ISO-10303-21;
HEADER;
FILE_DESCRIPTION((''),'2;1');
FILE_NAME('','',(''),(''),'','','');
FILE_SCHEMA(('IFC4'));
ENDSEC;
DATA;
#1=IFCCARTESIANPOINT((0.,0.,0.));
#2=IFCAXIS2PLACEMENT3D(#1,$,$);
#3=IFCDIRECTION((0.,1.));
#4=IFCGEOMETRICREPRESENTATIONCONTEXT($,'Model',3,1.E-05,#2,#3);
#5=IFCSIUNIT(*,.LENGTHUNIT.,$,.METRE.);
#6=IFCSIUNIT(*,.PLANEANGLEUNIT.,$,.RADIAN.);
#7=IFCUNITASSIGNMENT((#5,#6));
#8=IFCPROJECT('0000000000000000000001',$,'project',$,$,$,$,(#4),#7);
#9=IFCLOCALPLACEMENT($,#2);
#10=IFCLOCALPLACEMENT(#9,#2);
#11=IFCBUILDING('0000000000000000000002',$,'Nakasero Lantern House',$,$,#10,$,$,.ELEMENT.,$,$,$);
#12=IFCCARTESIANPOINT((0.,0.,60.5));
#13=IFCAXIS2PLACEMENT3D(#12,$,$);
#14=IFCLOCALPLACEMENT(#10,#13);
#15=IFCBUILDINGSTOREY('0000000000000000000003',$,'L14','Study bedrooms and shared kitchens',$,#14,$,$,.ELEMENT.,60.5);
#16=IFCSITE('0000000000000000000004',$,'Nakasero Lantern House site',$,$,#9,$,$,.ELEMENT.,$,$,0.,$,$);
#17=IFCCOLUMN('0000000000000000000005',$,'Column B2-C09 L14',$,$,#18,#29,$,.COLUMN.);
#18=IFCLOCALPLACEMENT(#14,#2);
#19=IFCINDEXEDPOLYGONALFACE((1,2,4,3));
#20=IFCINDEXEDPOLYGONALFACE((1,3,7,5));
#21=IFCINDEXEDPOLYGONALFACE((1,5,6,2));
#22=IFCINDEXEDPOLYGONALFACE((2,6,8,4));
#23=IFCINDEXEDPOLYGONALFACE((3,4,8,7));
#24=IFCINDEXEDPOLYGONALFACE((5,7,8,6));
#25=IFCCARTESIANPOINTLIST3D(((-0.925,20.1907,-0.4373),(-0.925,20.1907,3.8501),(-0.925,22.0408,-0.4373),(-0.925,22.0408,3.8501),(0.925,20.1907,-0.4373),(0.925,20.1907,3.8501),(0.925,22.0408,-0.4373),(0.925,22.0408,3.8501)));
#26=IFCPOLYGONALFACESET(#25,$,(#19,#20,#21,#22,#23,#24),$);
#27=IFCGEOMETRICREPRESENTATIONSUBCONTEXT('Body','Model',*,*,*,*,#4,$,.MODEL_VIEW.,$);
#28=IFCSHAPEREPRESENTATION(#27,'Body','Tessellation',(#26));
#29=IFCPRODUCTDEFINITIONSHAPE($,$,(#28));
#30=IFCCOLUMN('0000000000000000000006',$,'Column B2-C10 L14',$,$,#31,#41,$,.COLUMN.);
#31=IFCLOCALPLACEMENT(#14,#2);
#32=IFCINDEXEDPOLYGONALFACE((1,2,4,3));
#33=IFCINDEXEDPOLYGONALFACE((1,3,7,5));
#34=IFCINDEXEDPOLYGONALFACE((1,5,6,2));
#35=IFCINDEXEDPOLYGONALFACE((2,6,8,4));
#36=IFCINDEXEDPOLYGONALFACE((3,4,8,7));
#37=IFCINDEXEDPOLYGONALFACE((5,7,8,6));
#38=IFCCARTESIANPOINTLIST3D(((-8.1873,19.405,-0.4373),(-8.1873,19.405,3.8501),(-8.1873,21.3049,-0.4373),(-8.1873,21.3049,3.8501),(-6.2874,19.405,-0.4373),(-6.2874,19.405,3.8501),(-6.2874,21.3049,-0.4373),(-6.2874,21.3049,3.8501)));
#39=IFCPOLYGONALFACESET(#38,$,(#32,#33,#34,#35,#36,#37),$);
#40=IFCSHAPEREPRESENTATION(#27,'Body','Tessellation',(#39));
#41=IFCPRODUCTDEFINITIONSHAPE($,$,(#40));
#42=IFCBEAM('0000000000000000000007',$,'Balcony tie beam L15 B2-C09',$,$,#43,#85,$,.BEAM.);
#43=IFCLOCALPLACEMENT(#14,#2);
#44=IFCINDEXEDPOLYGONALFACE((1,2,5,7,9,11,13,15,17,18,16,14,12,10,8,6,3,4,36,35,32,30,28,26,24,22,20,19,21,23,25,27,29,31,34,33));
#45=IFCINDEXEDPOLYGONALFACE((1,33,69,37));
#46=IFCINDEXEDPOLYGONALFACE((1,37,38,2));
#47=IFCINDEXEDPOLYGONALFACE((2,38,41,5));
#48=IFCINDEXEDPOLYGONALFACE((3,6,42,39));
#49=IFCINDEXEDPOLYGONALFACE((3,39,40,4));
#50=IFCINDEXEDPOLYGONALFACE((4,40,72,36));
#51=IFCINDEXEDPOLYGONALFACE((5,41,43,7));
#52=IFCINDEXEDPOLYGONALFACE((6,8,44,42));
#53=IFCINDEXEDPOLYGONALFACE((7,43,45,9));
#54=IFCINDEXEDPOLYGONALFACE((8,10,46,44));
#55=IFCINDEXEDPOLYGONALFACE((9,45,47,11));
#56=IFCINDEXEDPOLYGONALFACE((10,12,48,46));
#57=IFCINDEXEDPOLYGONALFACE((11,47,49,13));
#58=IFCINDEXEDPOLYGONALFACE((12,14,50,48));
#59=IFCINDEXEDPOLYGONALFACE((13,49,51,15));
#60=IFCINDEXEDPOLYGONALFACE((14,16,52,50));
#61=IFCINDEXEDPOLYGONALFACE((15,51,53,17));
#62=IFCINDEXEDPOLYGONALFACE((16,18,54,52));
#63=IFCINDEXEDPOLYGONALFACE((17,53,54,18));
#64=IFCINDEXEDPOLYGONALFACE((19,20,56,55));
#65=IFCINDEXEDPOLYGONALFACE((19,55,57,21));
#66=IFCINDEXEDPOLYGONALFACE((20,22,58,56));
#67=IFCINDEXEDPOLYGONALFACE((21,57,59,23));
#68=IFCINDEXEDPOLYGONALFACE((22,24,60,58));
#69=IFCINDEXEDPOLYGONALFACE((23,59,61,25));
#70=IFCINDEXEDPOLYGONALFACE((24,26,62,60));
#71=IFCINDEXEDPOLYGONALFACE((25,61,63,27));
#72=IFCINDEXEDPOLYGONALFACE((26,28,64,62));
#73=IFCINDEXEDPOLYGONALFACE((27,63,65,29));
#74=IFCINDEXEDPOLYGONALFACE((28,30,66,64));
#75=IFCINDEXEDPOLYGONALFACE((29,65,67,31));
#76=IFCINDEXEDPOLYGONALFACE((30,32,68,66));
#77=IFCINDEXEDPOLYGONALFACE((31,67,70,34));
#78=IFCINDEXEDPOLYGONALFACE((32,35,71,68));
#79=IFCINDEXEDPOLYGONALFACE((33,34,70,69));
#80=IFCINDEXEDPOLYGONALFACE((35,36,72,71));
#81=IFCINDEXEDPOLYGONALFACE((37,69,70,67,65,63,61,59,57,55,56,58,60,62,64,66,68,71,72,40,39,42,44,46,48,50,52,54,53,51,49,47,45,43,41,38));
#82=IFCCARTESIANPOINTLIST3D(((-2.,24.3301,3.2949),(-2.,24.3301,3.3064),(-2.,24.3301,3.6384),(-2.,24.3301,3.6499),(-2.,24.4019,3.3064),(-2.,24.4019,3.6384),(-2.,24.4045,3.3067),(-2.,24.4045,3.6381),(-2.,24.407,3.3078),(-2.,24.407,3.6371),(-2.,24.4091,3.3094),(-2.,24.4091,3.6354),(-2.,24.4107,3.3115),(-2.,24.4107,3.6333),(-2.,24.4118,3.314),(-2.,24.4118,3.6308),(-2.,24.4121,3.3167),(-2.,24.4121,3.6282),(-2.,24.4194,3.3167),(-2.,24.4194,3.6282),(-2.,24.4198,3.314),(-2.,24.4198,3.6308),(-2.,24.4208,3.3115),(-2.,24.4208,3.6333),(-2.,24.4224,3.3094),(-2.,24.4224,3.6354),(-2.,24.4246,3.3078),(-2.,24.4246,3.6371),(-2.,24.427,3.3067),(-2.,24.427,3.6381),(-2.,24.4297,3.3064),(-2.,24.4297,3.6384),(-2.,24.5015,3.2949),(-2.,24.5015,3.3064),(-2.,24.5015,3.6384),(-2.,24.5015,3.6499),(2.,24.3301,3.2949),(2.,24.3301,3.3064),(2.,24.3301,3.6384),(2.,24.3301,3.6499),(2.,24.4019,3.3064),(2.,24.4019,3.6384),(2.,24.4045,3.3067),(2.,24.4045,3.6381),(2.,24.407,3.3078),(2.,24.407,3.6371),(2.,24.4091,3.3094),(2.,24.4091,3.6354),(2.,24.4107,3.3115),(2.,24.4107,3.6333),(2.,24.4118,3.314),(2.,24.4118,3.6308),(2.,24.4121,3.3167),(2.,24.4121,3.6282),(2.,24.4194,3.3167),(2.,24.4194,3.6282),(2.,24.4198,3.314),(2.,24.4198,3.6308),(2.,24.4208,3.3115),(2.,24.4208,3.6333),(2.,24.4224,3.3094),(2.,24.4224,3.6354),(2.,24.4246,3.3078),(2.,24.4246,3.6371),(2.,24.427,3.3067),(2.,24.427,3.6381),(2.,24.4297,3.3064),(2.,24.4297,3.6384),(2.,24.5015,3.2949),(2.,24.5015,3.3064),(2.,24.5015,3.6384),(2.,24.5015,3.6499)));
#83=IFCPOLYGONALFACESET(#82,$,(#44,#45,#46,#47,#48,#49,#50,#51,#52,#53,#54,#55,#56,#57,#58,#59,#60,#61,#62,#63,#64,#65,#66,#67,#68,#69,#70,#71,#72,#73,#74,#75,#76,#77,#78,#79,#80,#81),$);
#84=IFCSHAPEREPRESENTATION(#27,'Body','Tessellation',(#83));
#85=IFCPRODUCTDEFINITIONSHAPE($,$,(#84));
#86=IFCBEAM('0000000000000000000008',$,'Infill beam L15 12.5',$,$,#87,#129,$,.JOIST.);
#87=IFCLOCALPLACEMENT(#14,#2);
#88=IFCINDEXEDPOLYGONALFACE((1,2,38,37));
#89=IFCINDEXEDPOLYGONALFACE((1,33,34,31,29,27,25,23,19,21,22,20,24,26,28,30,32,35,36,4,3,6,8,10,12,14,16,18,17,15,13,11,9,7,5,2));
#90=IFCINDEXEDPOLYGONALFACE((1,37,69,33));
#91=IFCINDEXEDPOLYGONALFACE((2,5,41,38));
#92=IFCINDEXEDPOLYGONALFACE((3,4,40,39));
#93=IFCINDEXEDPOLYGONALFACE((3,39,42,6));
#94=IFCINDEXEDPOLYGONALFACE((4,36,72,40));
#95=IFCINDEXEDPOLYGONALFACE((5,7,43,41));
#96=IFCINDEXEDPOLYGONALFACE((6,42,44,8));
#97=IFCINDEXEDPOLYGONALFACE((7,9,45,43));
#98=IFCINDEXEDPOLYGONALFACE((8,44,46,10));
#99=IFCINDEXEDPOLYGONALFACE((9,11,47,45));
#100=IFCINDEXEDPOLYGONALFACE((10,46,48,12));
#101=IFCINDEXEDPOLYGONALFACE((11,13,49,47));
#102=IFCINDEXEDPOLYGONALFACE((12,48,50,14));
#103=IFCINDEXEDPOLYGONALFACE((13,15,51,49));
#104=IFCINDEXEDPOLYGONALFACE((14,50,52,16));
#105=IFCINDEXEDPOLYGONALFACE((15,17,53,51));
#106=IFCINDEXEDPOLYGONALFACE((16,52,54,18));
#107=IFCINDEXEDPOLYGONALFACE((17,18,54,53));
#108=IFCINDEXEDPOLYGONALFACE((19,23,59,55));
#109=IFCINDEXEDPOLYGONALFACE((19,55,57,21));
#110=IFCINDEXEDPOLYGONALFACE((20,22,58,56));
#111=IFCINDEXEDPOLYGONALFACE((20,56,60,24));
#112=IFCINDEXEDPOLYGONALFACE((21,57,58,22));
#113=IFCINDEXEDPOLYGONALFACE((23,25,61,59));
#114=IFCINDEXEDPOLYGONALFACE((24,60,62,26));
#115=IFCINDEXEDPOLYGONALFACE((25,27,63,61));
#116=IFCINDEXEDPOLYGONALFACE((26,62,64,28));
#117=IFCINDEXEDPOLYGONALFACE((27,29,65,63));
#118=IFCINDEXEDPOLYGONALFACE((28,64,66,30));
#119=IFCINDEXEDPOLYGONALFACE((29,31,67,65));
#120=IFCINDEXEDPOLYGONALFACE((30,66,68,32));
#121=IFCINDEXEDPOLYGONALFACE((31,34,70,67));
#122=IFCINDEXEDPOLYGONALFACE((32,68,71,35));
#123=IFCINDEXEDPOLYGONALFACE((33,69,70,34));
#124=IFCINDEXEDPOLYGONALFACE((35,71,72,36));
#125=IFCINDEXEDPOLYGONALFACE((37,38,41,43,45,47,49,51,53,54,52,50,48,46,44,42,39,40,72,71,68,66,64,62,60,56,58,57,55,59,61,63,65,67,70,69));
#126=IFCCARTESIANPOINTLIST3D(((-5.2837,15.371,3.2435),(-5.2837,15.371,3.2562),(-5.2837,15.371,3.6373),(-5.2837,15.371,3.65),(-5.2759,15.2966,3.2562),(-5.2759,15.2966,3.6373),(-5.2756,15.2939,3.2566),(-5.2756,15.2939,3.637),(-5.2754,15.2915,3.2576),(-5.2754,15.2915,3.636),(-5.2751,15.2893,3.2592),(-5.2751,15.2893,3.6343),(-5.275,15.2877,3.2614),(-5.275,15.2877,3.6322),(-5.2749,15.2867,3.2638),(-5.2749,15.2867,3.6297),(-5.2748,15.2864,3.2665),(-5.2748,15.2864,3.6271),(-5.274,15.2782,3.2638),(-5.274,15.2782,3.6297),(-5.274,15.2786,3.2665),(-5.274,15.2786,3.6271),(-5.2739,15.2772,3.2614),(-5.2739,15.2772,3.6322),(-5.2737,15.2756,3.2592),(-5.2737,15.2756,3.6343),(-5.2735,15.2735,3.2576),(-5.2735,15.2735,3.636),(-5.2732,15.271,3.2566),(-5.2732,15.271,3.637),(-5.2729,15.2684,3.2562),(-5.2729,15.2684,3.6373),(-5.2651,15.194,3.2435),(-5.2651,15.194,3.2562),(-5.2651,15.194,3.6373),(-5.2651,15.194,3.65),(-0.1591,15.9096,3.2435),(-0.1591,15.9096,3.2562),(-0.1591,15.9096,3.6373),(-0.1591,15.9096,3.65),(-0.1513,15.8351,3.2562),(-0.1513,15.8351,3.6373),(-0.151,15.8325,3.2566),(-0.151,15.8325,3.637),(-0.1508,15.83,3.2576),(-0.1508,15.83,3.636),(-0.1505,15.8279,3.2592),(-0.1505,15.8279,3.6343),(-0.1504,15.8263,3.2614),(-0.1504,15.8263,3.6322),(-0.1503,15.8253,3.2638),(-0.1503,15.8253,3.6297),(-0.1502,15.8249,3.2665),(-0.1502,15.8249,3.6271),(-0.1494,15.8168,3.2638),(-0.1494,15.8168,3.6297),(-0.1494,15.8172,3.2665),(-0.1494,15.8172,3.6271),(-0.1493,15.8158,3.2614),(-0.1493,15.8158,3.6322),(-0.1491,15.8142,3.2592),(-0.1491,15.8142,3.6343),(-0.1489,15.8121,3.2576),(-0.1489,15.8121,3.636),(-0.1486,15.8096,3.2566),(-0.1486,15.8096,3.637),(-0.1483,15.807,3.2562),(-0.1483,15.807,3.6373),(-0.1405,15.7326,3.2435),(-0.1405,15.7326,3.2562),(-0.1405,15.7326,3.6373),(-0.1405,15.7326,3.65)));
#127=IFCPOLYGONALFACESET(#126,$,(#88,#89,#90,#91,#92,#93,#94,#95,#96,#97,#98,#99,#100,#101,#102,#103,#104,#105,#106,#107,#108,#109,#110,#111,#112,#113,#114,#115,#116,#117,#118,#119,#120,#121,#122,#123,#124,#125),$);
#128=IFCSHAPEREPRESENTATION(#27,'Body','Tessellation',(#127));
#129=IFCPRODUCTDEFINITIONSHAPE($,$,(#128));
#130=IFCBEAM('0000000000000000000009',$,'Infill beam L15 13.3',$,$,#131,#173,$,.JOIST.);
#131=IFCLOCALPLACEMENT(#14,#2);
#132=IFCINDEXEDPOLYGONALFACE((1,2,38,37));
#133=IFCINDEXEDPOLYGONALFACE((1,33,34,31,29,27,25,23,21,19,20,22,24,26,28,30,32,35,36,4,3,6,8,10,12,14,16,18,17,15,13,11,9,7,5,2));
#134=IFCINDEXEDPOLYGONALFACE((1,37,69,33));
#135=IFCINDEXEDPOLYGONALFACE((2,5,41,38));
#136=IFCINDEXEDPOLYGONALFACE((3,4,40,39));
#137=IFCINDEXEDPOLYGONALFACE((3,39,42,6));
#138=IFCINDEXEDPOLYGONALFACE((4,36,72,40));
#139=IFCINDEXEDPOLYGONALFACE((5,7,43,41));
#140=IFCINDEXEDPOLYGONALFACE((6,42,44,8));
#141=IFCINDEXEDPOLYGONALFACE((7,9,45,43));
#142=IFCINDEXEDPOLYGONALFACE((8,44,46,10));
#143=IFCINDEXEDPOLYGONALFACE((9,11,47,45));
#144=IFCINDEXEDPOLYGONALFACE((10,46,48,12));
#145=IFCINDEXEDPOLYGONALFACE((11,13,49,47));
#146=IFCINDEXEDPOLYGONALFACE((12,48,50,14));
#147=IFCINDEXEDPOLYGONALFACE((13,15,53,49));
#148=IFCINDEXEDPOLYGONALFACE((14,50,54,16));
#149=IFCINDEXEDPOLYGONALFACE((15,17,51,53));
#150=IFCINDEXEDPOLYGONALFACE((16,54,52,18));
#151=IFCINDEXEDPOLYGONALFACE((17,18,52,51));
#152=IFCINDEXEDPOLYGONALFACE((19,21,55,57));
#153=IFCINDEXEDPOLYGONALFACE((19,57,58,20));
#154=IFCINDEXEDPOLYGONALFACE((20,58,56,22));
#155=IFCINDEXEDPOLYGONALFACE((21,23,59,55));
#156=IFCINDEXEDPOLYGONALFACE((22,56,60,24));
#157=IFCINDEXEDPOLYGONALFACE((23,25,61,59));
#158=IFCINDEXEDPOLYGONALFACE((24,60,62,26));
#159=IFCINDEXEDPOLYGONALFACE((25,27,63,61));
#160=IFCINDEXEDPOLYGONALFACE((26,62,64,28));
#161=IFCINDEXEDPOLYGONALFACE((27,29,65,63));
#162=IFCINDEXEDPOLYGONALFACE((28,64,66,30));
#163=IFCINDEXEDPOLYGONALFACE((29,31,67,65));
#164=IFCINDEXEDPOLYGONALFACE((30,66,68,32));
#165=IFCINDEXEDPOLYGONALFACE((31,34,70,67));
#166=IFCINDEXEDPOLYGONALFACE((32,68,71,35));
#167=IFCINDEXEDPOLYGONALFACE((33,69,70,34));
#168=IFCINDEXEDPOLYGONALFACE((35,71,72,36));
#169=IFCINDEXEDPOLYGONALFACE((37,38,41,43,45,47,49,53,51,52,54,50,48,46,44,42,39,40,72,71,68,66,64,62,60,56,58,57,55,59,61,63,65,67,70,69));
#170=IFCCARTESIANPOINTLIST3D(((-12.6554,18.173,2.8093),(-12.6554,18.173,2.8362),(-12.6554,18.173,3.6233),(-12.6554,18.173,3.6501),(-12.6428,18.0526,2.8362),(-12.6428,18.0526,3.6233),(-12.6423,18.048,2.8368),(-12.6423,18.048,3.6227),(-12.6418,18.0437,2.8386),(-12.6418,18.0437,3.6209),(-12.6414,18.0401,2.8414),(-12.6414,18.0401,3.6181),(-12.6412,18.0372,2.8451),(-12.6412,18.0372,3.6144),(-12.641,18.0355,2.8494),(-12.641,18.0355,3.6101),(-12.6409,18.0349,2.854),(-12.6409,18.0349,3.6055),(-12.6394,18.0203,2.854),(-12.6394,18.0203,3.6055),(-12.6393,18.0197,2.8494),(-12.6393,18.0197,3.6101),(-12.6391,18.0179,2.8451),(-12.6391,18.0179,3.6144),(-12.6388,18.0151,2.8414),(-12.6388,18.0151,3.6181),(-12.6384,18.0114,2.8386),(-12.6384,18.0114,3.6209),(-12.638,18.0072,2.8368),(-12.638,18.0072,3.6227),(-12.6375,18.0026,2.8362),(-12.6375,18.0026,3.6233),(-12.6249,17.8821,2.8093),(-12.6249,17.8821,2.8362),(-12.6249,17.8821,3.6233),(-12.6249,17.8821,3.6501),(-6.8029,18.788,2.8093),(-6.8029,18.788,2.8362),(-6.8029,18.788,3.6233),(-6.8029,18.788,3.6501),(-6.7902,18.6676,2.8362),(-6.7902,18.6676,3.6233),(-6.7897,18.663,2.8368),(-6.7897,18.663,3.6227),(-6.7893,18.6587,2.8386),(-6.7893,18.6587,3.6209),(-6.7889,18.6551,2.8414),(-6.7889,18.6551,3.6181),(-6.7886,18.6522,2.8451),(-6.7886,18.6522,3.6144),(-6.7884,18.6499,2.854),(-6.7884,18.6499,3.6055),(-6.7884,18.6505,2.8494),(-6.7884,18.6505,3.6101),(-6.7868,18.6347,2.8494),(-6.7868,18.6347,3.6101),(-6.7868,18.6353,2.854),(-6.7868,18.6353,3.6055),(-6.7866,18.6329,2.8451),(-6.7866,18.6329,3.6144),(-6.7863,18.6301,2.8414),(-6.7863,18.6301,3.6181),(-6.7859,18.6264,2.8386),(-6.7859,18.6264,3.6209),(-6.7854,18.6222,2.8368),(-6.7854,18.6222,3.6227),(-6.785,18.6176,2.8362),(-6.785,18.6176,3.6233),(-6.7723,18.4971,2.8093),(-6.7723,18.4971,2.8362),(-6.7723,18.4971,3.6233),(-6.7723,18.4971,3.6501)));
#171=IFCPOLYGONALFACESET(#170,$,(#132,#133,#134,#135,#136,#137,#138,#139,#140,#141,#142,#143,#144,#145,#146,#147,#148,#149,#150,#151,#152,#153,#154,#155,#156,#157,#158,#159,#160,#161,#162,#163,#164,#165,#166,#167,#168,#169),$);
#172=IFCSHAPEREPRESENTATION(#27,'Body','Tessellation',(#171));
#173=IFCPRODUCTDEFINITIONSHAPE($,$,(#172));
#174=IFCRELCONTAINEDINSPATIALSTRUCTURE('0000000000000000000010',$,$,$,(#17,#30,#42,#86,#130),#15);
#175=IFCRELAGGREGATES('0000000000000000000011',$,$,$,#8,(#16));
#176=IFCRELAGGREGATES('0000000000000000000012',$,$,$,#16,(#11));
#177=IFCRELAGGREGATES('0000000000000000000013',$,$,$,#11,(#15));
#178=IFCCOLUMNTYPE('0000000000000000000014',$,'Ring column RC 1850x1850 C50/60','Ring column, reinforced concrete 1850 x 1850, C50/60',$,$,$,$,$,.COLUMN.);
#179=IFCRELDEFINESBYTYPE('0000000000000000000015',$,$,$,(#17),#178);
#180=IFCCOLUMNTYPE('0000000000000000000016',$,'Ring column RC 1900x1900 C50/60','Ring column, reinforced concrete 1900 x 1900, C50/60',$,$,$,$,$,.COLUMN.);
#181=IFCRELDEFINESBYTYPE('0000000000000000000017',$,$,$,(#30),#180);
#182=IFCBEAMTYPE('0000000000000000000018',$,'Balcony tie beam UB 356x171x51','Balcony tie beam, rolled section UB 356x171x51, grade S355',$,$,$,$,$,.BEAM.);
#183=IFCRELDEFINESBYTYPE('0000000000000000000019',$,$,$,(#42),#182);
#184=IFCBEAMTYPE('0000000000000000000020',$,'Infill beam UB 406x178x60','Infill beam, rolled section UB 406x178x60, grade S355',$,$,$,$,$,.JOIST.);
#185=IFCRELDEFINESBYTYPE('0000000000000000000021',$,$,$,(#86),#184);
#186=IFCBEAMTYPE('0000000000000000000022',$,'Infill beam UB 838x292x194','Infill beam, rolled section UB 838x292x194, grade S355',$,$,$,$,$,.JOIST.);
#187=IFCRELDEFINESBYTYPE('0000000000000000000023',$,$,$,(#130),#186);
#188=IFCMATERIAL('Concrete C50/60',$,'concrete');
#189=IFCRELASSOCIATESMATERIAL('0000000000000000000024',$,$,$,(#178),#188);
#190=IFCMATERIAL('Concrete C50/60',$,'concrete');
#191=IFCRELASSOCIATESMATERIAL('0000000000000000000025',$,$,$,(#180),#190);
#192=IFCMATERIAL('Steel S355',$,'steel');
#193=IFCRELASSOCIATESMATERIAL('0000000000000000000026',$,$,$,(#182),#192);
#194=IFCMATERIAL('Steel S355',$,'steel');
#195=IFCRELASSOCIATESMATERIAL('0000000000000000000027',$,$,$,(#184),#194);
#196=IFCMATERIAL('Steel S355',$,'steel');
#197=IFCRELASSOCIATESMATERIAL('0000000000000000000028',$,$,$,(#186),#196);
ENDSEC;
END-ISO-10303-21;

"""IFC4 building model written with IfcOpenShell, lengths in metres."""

from ifc_helpers import new_model, si_unit, direction, frame, origin, origin_2d, place, context, subcontext, project, spatial, rectangle, i_section, extrude, material, material_profile, profile_set, type_object, element, save


model = new_model("IFC4")

# Units and contexts
model_context = context("Model", 3, precision=1e-05, world=origin(), true_north=direction((0.0, 1.0)))
body_context = subcontext(model_context, "Body", "Model", "MODEL_VIEW")
ifc_project = project(units=[si_unit("LENGTHUNIT", "METRE"), si_unit("PLANEANGLEUNIT", "RADIAN")], contexts=[model_context])

# Site, building, storey
site_placement = place(None, origin())
site = spatial("IfcSite", under=ifc_project, at=site_placement, Name="Nakasero Lantern House site", CompositionType="ELEMENT", RefElevation=0.0)
building_placement = place(site_placement, origin())
building = spatial("IfcBuilding", under=site, at=building_placement, Name="Nakasero Lantern House", CompositionType="ELEMENT")
storey_placement = place(building_placement, frame((0.0, 0.0, 60.5)))
storey = spatial("IfcBuildingStorey", under=building, at=storey_placement, Name="L14", Description="Study bedrooms and shared kitchens", CompositionType="ELEMENT", Elevation=60.5)

# Columns
ifc_material_1 = material(Name="Concrete C50/60", Category="concrete")
ifc_material_profile_1 = material_profile(ifc_material_1, rectangle(XDim=1.8501, YDim=1.8501, at=origin_2d()), Name="RC 1850x1850")
ifc_profile_set_1 = profile_set([ifc_material_profile_1], Name="Concrete C50/60")
column_type_1 = type_object("IfcColumnType", Name="Ring column RC 1850x1850 C50/60", Description="Ring column, reinforced concrete 1850 x 1850, C50/60", PredefinedType="COLUMN", material=ifc_profile_set_1)
column_1_placement = place(storey_placement, frame((0.0, 21.1157, -0.4373), z_axis=(0.0, 0.0, 1.0), x_axis=(1.0, 0.0, 0.0)))
element("IfcColumn", 1, at=column_1_placement, inside=storey, type_object=column_type_1, Name="Column B2-C09 L14", PredefinedType="COLUMN", context=body_context, shape_type="SweptSolid", body=[
    extrude(rectangle(XDim=1.8501, YDim=1.8501, at=origin_2d()), origin(), (0.0, 0.0, 1.0), 4.2874),
])
ifc_material_2 = material(Name="Concrete C50/60", Category="concrete")
ifc_material_profile_2 = material_profile(ifc_material_2, rectangle(XDim=1.8999, YDim=1.8999, at=origin_2d()), Name="RC 1900x1900")
ifc_profile_set_2 = profile_set([ifc_material_profile_2], Name="Concrete C50/60")
column_type_2 = type_object("IfcColumnType", Name="Ring column RC 1900x1900 C50/60", Description="Ring column, reinforced concrete 1900 x 1900, C50/60", PredefinedType="COLUMN", material=ifc_profile_set_2)
column_2_placement = place(storey_placement, frame((-7.2373, 20.355, -0.4373), z_axis=(0.0, 0.0, 1.0), x_axis=(1.0, 0.0, 0.0)))
element("IfcColumn", 2, at=column_2_placement, inside=storey, type_object=column_type_2, Name="Column B2-C10 L14", PredefinedType="COLUMN", context=body_context, shape_type="SweptSolid", body=[
    extrude(rectangle(XDim=1.8999, YDim=1.8999, at=origin_2d()), origin(), (0.0, 0.0, 1.0), 4.2874),
])

# Beams
ifc_material_3 = material(Name="Steel S355", Category="steel")
ifc_material_profile_3 = material_profile(ifc_material_3, i_section(OverallWidth=0.1714, OverallDepth=0.355, WebThickness=0.0073, FlangeThickness=0.0115, FilletRadius=0.0103, at=origin_2d()), Name="UB 356x171x51")
ifc_profile_set_3 = profile_set([ifc_material_profile_3], Name="Steel S355")
beam_type_1 = type_object("IfcBeamType", Name="Balcony tie beam UB 356x171x51", Description="Balcony tie beam, rolled section UB 356x171x51, grade S355", PredefinedType="BEAM", material=ifc_profile_set_3)
beam_1_placement = place(storey_placement, frame((-2.0, 24.4158, 3.4724), z_axis=(1.0, 0.0, 0.0), x_axis=(0.0, 1.0, 0.0)))
element("IfcBeam", 3, at=beam_1_placement, inside=storey, type_object=beam_type_1, Name="Balcony tie beam L15 B2-C09", PredefinedType="BEAM", context=body_context, shape_type="SweptSolid", body=[
    extrude(i_section(OverallWidth=0.1714, OverallDepth=0.355, WebThickness=0.0073, FlangeThickness=0.0115, FilletRadius=0.0103, at=origin_2d()), origin(), (0.0, 0.0, 1.0), 4.0),
])
ifc_material_4 = material(Name="Steel S355", Category="steel")
ifc_material_profile_4 = material_profile(ifc_material_4, i_section(OverallWidth=0.178, OverallDepth=0.4065, WebThickness=0.0078, FlangeThickness=0.0127, FilletRadius=0.0103, at=origin_2d()), Name="UB 406x178x60")
ifc_profile_set_4 = profile_set([ifc_material_profile_4], Name="Steel S355")
beam_type_2 = type_object("IfcBeamType", Name="Infill beam UB 406x178x60", Description="Infill beam, rolled section UB 406x178x60, grade S355", PredefinedType="JOIST", material=ifc_profile_set_4)
beam_2_placement = place(storey_placement, frame((-5.2744, 15.2825, 3.4468), z_axis=(0.994523, 0.104522, 0.0), x_axis=(-0.104522, 0.994523, 0.0)))
element("IfcBeam", 4, at=beam_2_placement, inside=storey, type_object=beam_type_2, Name="Infill beam L15 12.5", PredefinedType="JOIST", context=body_context, shape_type="SweptSolid", body=[
    extrude(i_section(OverallWidth=0.178, OverallDepth=0.4065, WebThickness=0.0078, FlangeThickness=0.0127, FilletRadius=0.0103, at=origin_2d()), origin(), (0.0, 0.0, 1.0), 5.1528),
])
ifc_material_5 = material(Name="Steel S355", Category="steel")
ifc_material_profile_5 = material_profile(ifc_material_5, i_section(OverallWidth=0.2925, OverallDepth=0.8408, WebThickness=0.0146, FlangeThickness=0.0269, FilletRadius=0.0178, at=origin_2d()), Name="UB 838x292x194")
ifc_profile_set_5 = profile_set([ifc_material_profile_5], Name="Steel S355")
beam_type_3 = type_object("IfcBeamType", Name="Infill beam UB 838x292x194", Description="Infill beam, rolled section UB 838x292x194, grade S355", PredefinedType="JOIST", material=ifc_profile_set_5)
beam_3_placement = place(storey_placement, frame((-12.6401, 18.0276, 3.2297), z_axis=(0.994524, 0.104506, 0.0), x_axis=(-0.104506, 0.994524, 0.0)))
element("IfcBeam", 5, at=beam_3_placement, inside=storey, type_object=beam_type_3, Name="Infill beam L15 13.3", PredefinedType="JOIST", context=body_context, shape_type="SweptSolid", body=[
    extrude(i_section(OverallWidth=0.2925, OverallDepth=0.8408, WebThickness=0.0146, FlangeThickness=0.0269, FilletRadius=0.0178, at=origin_2d()), origin(), (0.0, 0.0, 1.0), 5.8848),
])

save(model, "model.ifc")
